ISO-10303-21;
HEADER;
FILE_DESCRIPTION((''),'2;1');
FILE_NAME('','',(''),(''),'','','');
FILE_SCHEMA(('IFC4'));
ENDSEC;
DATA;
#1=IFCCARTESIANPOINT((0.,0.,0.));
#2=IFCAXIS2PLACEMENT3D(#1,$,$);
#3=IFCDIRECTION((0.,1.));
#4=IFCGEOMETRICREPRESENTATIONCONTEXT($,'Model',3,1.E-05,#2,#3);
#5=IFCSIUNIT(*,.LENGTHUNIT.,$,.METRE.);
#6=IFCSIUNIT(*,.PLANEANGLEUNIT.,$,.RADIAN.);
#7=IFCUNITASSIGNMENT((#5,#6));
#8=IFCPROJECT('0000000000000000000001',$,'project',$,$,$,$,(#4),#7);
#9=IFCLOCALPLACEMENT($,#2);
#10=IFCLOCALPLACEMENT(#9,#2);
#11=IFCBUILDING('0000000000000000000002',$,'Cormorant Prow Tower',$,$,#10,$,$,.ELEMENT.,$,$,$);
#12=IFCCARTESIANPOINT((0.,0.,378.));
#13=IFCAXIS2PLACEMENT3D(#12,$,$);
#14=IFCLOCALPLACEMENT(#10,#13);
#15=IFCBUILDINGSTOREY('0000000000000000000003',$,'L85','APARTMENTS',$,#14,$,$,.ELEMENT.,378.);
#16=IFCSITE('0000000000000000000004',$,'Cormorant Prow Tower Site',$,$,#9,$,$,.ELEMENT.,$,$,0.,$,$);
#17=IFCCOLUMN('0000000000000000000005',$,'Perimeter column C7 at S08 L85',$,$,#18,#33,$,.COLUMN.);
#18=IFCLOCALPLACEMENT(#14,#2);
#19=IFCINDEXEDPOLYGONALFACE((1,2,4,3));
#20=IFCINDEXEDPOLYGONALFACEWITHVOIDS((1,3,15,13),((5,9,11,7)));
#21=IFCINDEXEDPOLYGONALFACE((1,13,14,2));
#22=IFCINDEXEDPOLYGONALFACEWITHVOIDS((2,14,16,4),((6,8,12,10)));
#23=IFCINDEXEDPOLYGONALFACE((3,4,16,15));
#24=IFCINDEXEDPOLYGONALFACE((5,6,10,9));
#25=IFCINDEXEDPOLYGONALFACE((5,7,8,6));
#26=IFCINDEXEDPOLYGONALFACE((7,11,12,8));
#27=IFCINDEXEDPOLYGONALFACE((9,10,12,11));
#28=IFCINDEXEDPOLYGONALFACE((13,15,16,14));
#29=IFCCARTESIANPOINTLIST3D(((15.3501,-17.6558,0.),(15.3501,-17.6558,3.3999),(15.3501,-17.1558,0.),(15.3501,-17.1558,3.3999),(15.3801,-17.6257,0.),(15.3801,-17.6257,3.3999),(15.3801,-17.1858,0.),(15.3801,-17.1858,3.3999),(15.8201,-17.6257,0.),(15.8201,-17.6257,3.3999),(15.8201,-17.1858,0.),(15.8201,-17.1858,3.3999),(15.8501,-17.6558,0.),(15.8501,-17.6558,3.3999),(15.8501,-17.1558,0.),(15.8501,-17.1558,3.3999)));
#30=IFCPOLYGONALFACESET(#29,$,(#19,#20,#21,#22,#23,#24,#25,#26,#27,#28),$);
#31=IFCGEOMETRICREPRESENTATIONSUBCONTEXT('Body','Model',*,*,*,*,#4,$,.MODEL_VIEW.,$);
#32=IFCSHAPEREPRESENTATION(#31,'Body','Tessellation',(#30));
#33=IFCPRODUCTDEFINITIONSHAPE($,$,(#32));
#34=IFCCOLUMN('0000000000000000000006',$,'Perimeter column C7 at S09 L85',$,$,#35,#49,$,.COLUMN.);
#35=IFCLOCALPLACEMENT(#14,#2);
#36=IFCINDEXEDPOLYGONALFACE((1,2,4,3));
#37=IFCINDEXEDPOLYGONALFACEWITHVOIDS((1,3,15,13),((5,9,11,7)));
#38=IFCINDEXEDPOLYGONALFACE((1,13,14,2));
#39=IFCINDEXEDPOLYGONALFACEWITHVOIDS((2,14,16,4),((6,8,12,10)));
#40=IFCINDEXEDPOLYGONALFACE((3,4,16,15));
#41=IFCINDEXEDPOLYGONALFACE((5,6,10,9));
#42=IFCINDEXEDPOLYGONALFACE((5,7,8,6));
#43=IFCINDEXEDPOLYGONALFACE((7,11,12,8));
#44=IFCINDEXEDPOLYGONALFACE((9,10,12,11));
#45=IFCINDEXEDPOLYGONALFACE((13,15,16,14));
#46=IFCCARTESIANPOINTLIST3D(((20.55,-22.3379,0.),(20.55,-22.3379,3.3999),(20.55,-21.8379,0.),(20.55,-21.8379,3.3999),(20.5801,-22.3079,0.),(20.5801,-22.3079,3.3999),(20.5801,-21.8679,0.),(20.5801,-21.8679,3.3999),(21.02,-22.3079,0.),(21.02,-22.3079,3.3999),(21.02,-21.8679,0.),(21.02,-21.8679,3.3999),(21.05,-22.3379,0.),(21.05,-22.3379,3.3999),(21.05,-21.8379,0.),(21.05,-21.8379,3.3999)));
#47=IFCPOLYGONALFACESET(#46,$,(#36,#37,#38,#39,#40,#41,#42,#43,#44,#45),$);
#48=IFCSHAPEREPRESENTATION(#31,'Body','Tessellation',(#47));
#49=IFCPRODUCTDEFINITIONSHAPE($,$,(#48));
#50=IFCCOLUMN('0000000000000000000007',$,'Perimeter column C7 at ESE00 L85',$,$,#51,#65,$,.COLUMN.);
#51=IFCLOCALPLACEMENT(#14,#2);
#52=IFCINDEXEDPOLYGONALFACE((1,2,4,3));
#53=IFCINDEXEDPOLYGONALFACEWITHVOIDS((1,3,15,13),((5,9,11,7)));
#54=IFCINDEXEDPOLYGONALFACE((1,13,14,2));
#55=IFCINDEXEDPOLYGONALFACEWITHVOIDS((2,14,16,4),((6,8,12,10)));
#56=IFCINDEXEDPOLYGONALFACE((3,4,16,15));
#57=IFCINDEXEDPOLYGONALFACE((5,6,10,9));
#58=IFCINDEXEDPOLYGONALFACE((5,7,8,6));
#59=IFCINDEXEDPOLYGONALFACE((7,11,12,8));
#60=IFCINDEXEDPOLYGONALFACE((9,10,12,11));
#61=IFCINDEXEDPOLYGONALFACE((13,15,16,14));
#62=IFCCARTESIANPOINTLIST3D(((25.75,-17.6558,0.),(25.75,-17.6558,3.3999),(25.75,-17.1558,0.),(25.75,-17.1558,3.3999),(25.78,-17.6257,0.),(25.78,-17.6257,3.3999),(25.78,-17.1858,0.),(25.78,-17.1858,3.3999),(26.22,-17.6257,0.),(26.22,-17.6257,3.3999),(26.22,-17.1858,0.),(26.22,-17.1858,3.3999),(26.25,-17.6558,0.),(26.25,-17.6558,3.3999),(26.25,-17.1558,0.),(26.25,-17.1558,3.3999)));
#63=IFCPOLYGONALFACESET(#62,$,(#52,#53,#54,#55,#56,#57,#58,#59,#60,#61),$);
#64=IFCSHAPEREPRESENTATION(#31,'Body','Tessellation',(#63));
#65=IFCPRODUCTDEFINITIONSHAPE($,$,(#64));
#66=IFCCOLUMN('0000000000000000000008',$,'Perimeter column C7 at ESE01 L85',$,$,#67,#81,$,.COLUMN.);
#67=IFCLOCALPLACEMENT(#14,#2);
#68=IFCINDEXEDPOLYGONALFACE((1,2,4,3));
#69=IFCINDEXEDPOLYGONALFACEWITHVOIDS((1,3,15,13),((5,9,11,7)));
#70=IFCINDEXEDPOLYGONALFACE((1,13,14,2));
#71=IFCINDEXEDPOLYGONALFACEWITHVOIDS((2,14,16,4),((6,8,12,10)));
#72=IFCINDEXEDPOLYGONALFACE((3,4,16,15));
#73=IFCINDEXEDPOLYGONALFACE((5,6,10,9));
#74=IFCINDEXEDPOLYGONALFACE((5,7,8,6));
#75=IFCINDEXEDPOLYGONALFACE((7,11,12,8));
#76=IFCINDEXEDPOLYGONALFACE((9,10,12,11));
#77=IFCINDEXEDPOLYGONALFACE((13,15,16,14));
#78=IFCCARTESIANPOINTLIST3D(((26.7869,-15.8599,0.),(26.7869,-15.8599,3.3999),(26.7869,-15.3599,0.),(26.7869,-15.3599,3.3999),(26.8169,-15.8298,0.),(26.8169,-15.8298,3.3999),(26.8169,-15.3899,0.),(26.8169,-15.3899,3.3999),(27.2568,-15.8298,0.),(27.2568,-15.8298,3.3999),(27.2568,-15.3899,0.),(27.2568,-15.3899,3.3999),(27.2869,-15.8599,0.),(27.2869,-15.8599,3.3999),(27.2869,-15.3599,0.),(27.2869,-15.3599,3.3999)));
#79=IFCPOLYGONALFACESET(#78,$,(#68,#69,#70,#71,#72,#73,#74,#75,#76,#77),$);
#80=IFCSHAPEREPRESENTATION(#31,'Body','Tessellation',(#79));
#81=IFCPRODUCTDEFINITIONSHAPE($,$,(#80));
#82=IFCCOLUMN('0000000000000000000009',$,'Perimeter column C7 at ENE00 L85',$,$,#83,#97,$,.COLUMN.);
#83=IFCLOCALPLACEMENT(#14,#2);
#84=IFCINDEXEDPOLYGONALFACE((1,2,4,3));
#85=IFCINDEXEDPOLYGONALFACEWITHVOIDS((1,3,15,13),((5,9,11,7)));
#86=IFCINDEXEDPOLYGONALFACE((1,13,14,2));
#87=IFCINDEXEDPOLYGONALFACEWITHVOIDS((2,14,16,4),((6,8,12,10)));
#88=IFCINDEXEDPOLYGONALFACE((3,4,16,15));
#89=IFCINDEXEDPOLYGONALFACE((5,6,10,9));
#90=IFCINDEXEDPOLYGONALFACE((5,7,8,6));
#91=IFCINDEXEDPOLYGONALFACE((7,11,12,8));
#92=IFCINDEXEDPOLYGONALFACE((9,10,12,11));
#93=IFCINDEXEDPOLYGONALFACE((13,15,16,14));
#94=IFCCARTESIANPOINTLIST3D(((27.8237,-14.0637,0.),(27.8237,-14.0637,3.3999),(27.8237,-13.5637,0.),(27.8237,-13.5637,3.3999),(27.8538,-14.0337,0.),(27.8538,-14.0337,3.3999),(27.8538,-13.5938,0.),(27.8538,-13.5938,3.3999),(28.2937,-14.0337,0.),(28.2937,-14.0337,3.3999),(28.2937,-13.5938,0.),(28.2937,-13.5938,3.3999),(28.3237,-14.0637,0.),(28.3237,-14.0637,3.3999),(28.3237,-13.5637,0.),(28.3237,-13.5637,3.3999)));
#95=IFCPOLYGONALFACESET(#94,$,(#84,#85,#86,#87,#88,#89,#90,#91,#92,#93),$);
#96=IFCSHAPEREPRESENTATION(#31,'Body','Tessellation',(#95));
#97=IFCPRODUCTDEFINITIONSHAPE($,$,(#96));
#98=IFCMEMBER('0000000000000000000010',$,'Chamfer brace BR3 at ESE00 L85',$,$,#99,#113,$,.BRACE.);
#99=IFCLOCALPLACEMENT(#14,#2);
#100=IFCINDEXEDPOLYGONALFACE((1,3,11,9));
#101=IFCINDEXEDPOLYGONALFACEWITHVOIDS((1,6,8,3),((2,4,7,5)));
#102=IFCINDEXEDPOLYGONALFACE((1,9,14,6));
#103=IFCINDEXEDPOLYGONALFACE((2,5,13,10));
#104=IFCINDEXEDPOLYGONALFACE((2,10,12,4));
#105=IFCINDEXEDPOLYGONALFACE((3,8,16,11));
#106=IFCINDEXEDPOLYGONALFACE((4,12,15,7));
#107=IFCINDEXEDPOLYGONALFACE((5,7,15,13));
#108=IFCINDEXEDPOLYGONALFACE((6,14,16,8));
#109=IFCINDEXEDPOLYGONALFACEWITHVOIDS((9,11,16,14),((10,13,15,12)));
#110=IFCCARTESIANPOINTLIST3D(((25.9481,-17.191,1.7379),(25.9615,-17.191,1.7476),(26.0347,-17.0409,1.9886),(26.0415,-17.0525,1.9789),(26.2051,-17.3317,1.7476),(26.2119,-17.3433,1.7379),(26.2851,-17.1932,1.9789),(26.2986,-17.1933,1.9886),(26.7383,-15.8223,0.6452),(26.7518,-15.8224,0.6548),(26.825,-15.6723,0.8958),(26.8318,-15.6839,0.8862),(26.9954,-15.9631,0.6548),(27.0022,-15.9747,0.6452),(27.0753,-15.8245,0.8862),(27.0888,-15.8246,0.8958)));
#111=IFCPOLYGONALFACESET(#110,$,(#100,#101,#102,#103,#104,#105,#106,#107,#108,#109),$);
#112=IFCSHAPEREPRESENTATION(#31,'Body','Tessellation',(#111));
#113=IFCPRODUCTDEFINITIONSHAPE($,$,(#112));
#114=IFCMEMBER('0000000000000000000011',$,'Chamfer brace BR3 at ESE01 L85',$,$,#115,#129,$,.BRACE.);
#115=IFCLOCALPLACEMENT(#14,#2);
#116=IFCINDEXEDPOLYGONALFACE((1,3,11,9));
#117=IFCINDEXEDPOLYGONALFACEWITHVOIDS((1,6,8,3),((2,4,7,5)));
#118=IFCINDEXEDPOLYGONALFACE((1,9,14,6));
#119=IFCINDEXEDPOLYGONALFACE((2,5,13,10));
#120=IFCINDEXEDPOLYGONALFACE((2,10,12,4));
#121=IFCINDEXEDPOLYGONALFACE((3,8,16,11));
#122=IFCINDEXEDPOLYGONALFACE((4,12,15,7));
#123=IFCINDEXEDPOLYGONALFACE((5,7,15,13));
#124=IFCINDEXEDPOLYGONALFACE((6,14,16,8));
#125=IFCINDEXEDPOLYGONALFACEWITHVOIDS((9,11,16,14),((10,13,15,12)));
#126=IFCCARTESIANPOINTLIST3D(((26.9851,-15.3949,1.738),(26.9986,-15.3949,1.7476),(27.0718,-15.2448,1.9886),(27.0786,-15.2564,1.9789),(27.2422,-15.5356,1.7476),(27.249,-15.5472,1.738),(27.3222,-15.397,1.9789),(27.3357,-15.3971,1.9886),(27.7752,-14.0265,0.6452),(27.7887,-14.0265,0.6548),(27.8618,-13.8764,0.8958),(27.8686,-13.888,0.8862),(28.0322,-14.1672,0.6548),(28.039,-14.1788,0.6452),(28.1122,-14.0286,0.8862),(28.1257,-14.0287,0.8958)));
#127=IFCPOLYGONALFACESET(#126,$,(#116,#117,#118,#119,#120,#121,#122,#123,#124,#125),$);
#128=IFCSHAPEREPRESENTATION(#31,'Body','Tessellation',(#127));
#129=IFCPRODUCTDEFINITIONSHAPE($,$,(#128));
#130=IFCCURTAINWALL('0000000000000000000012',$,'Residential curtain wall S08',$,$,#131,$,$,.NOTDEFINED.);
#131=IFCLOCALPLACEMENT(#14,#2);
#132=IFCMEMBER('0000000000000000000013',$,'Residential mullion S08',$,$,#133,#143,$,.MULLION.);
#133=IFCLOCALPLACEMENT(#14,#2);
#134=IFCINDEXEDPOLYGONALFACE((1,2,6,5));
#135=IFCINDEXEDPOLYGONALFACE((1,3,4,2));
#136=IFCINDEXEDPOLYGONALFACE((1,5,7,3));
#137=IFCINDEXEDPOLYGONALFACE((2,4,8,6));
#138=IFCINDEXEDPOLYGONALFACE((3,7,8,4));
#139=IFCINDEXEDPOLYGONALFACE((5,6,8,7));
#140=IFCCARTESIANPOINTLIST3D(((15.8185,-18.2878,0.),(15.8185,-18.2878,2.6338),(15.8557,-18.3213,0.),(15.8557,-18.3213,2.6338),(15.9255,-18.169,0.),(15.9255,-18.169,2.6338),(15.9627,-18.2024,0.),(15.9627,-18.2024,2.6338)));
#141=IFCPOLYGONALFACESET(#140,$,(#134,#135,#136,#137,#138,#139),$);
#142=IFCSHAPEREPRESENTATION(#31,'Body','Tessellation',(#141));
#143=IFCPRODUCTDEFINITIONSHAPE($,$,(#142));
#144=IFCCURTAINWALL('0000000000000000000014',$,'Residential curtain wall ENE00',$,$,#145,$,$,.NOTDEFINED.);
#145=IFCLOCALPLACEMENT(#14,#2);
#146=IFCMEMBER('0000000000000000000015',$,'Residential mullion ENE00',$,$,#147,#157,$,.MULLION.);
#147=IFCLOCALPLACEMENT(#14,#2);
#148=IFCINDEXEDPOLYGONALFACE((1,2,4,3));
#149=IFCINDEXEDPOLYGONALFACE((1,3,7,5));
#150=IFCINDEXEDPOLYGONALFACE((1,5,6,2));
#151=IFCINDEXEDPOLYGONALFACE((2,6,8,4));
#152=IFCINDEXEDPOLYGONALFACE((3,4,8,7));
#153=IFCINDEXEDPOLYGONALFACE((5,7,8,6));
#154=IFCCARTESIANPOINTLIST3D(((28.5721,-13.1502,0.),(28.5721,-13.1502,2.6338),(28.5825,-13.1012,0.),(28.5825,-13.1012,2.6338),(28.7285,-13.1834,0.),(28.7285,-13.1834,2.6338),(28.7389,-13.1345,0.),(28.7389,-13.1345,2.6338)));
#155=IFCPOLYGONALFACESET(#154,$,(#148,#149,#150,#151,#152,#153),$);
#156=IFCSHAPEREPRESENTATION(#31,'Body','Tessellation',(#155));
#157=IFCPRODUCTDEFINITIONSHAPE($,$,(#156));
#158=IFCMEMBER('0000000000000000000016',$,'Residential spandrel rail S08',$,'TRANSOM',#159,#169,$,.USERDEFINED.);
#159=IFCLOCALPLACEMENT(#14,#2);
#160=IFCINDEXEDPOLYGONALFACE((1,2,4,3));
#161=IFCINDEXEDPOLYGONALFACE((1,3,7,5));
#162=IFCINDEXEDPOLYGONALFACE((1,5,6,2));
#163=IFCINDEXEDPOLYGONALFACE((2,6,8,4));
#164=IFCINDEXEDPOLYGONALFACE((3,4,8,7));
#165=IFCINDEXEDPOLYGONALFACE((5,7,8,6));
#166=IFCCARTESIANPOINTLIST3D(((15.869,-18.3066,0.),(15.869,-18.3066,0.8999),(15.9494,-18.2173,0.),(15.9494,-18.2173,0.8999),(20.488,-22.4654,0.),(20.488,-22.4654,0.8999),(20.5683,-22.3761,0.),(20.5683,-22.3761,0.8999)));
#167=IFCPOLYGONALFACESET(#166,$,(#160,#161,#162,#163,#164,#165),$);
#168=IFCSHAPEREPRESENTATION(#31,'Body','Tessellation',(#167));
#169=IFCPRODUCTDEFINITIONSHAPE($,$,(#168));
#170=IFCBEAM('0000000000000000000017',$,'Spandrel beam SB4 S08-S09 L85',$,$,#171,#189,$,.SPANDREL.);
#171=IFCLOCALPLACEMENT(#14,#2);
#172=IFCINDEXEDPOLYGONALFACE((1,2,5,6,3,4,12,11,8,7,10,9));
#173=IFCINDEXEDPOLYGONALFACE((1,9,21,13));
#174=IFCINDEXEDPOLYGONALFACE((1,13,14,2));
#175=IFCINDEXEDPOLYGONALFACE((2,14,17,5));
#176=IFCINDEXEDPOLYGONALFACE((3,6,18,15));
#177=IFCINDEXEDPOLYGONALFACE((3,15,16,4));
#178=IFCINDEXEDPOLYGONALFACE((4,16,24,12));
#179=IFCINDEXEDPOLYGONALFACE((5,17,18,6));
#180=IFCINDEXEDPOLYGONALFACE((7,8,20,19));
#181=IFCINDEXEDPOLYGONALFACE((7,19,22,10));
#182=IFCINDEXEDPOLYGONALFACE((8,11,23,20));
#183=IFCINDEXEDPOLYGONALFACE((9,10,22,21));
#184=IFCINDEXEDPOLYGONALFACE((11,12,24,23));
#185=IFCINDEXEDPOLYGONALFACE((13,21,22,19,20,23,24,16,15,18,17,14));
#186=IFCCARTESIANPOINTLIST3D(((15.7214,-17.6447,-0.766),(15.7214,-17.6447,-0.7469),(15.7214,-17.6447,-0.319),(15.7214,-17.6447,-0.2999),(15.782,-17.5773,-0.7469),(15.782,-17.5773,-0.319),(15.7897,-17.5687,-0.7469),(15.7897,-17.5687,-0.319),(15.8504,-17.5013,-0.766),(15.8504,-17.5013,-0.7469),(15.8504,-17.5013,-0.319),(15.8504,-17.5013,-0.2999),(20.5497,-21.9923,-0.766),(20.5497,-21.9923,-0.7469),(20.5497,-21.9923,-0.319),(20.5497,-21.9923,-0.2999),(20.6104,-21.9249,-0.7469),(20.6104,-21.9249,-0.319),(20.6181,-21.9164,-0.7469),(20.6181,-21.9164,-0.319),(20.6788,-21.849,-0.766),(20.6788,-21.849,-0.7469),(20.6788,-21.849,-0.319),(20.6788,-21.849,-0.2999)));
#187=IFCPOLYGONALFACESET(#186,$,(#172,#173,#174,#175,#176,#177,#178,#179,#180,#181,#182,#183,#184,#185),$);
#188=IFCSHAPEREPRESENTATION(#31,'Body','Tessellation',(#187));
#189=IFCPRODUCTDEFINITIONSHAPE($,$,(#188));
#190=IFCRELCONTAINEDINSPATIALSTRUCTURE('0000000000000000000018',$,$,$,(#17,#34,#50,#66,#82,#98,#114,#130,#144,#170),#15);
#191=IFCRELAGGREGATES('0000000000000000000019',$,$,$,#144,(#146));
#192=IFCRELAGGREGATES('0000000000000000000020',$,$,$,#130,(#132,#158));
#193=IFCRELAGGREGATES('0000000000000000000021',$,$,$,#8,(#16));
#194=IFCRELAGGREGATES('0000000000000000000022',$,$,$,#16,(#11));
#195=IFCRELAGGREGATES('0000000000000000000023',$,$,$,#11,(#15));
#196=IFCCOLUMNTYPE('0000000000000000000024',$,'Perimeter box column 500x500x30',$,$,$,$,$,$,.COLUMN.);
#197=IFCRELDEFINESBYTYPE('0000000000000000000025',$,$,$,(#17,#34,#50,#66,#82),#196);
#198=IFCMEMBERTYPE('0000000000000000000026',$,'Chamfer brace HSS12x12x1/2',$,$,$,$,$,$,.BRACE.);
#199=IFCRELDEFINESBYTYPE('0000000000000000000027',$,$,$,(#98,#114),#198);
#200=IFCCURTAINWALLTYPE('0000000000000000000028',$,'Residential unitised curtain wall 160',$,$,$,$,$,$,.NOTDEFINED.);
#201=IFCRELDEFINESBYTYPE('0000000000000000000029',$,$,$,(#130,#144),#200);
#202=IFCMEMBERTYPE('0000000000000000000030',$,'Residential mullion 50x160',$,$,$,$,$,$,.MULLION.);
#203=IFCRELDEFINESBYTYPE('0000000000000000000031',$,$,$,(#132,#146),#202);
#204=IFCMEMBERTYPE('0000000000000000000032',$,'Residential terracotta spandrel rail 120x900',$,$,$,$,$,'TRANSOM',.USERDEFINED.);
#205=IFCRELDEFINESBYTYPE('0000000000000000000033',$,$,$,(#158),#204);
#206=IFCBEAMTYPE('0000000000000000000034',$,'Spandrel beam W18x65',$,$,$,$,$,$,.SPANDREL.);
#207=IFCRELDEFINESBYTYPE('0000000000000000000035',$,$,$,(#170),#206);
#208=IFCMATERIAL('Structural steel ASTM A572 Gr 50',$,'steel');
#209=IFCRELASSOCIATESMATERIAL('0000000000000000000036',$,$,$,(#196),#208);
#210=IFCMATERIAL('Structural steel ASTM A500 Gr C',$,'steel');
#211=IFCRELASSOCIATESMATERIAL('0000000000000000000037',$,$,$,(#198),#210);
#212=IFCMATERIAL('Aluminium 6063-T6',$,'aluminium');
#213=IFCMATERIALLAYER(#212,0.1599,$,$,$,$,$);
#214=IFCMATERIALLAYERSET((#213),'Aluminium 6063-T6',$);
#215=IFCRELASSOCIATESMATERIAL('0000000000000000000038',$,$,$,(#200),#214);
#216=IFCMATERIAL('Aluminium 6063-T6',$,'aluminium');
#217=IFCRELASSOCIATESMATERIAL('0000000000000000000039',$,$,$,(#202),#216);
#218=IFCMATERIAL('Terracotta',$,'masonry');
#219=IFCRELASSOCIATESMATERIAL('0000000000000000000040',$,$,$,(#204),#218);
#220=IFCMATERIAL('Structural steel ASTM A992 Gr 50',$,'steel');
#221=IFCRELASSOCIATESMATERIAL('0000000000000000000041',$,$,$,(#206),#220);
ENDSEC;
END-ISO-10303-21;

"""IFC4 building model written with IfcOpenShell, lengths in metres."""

from ifc_helpers import new_model, si_unit, direction, frame, origin, origin_2d, place, context, subcontext, project, spatial, rectangle, hollow_rectangle, i_section, extrude, material, layer, layer_set, material_profile, profile_set, type_object, element, aggregate, save


model = new_model("IFC4")

# Units and contexts
model_context = context("Model", 3, precision=1e-05, world=origin(), true_north=direction((0.0, 1.0)))
body_context = subcontext(model_context, "Body", "Model", "MODEL_VIEW")
ifc_project = project(units=[si_unit("LENGTHUNIT", "METRE"), si_unit("PLANEANGLEUNIT", "RADIAN")], contexts=[model_context])

# Site, building, storey
site_placement = place(None, origin())
site = spatial("IfcSite", under=ifc_project, at=site_placement, Name="Cormorant Prow Tower Site", CompositionType="ELEMENT", RefElevation=0.0)
building_placement = place(site_placement, origin())
building = spatial("IfcBuilding", under=site, at=building_placement, Name="Cormorant Prow Tower", CompositionType="ELEMENT")
storey_placement = place(building_placement, frame((0.0, 0.0, 378.0)))
storey = spatial("IfcBuildingStorey", under=building, at=storey_placement, Name="L85", Description="APARTMENTS", CompositionType="ELEMENT", Elevation=378.0)

# Columns
ifc_material_1 = material(Name="Structural steel ASTM A572 Gr 50", Category="steel")
ifc_material_profile_1 = material_profile(ifc_material_1, hollow_rectangle(XDim=0.5, YDim=0.5, WallThickness=0.03, at=origin_2d()), Name="Box 500x500x30")
ifc_profile_set_1 = profile_set([ifc_material_profile_1], Name="Structural steel ASTM A572 Gr 50")
column_type = type_object("IfcColumnType", Name="Perimeter box column 500x500x30", PredefinedType="COLUMN", material=ifc_profile_set_1)
for number, where, z_axis, x_axis, name in (
    (1, (15.6001, -17.4058, 0.0), (0.0, 0.0, 1.0), (1.0, 0.0, 0.0), "Perimeter column C7 at S08 L85"),
    (2, (20.8, -22.0879, 0.0), (0.0, 0.0, 1.0), (1.0, 0.0, 0.0), "Perimeter column C7 at S09 L85"),
    (3, (26.0, -17.4058, 0.0), (0.0, 0.0, 1.0), (1.0, 0.0, 0.0), "Perimeter column C7 at ESE00 L85"),
    (4, (27.0369, -15.6099, 0.0), (0.0, 0.0, 1.0), (1.0, 0.0, 0.0), "Perimeter column C7 at ESE01 L85"),
    (5, (28.0737, -13.8137, 0.0), (0.0, 0.0, 1.0), (1.0, 0.0, 0.0), "Perimeter column C7 at ENE00 L85"),
):
    element("IfcColumn", number, at=place(storey_placement, frame(where, z_axis=z_axis, x_axis=x_axis)), inside=storey, type_object=column_type, Name=name, PredefinedType="COLUMN", context=body_context, shape_type="SweptSolid", body=[
        extrude(hollow_rectangle(XDim=0.5, YDim=0.5, WallThickness=0.03, at=origin_2d()), origin(), (0.0, 0.0, 1.0), 3.3999),
    ])

# Members
ifc_material_2 = material(Name="Structural steel ASTM A500 Gr C", Category="steel")
ifc_material_profile_2 = material_profile(ifc_material_2, hollow_rectangle(XDim=0.3047, YDim=0.3047, WallThickness=0.0117, at=origin_2d()), Name="HSS12x12x1/2")
ifc_profile_set_2 = profile_set([ifc_material_profile_2], Name="Structural steel ASTM A500 Gr C")
member_type_1 = type_object("IfcMemberType", Name="Chamfer brace HSS12x12x1/2", PredefinedType="BRACE", material=ifc_profile_set_2)
member_1_placement = place(storey_placement, frame((26.9136, -15.8235, 0.7705), z_axis=(-0.411299, -0.712308, 0.568728), x_axis=(0.866, -0.500043, 0.0)))
element("IfcMember", 6, at=member_1_placement, inside=storey, type_object=member_type_1, Name="Chamfer brace BR3 at ESE00 L85", PredefinedType="BRACE", context=body_context, shape_type="SweptSolid", body=[
    extrude(hollow_rectangle(XDim=0.3047, YDim=0.3047, WallThickness=0.0117, at=origin_2d()), origin(), (0.0, 0.0, 1.0), 1.9214),
])
member_2_placement = place(storey_placement, frame((27.9504, -14.0276, 0.7705), z_axis=(-0.41123, -0.712282, 0.568809), x_axis=(0.866029, -0.499994, 0.0)))
element("IfcMember", 7, at=member_2_placement, inside=storey, type_object=member_type_1, Name="Chamfer brace BR3 at ESE01 L85", PredefinedType="BRACE", context=body_context, shape_type="SweptSolid", body=[
    extrude(hollow_rectangle(XDim=0.3047, YDim=0.3047, WallThickness=0.0117, at=origin_2d()), origin(), (0.0, 0.0, 1.0), 1.9211),
])

# Curtain walls, members
ifc_material_3 = material(Name="Aluminium 6063-T6", Category="aluminium")
ifc_layer_1 = layer(ifc_material_3, 0.1599)
ifc_layer_set_1 = layer_set([ifc_layer_1], Name="Aluminium 6063-T6")
curtain_wall_type = type_object("IfcCurtainWallType", Name="Residential unitised curtain wall 160", PredefinedType="NOTDEFINED", material=ifc_layer_set_1)
curtain_wall_1_placement = place(storey_placement, origin())
curtain_wall_1 = element("IfcCurtainWall", 8, at=curtain_wall_1_placement, inside=storey, type_object=curtain_wall_type, Name="Residential curtain wall S08", PredefinedType="NOTDEFINED")
ifc_material_4 = material(Name="Aluminium 6063-T6", Category="aluminium")
ifc_material_profile_3 = material_profile(ifc_material_4, rectangle(XDim=0.1599, YDim=0.05, at=origin_2d()), Name="Residential mullion 50x160")
ifc_profile_set_3 = profile_set([ifc_material_profile_3], Name="Aluminium 6063-T6")
member_type_2 = type_object("IfcMemberType", Name="Residential mullion 50x160", PredefinedType="MULLION", material=ifc_profile_set_3)
member_3_placement = place(storey_placement, frame((15.8906, -18.2451, 0.0), z_axis=(0.0, 0.0, 1.0), x_axis=(0.669131, 0.743145, 0.0)))
member_3 = element("IfcMember", 9, at=member_3_placement, type_object=member_type_2, Name="Residential mullion S08", PredefinedType="MULLION", context=body_context, shape_type="SweptSolid", body=[
    extrude(rectangle(XDim=0.1599, YDim=0.05, at=origin_2d()), origin(), (0.0, 0.0, 1.0), 2.6338),
])
curtain_wall_2_placement = place(storey_placement, origin())
curtain_wall_2 = element("IfcCurtainWall", 10, at=curtain_wall_2_placement, inside=storey, type_object=curtain_wall_type, Name="Residential curtain wall ENE00", PredefinedType="NOTDEFINED")
member_4_placement = place(storey_placement, frame((28.6555, -13.1423, 0.0), z_axis=(0.0, 0.0, 1.0), x_axis=(-0.978148, 0.207912, 0.0)))
member_4 = element("IfcMember", 11, at=member_4_placement, type_object=member_type_2, Name="Residential mullion ENE00", PredefinedType="MULLION", context=body_context, shape_type="SweptSolid", body=[
    extrude(rectangle(XDim=0.1599, YDim=0.05, at=origin_2d()), origin(), (0.0, 0.0, 1.0), 2.6338),
])
aggregate(curtain_wall_2, [member_4])

# Member
ifc_material_5 = material(Name="Terracotta", Category="masonry")
ifc_material_profile_4 = material_profile(ifc_material_5, rectangle(XDim=0.1201, YDim=0.8999, at=origin_2d()), Name="Residential terracotta spandrel rail 120x900")
ifc_profile_set_4 = profile_set([ifc_material_profile_4], Name="Terracotta")
member_type_3 = type_object("IfcMemberType", Name="Residential terracotta spandrel rail 120x900", ElementType="TRANSOM", PredefinedType="USERDEFINED", material=ifc_profile_set_4)
member_5_placement = place(storey_placement, frame((15.9092, -18.262, 0.45), z_axis=(0.743159, -0.669114, 0.0), x_axis=(0.669114, 0.743159, 0.0)))
member_5 = element("IfcMember", 12, at=member_5_placement, type_object=member_type_3, Name="Residential spandrel rail S08", ObjectType="TRANSOM", PredefinedType="USERDEFINED", context=body_context, shape_type="SweptSolid", body=[
    extrude(rectangle(XDim=0.1201, YDim=0.8999, at=origin_2d()), origin(), (0.0, 0.0, 1.0), 6.2153),
])

# Beam
ifc_material_6 = material(Name="Structural steel ASTM A992 Gr 50", Category="steel")
ifc_material_profile_5 = material_profile(ifc_material_6, i_section(OverallWidth=0.1929, OverallDepth=0.4661, WebThickness=0.0115, FlangeThickness=0.019, at=origin_2d()), Name="W18x65")
ifc_profile_set_5 = profile_set([ifc_material_profile_5], Name="Structural steel ASTM A992 Gr 50")
beam_type = type_object("IfcBeamType", Name="Spandrel beam W18x65", PredefinedType="SPANDREL", material=ifc_profile_set_5)
for number, where, z_axis, x_axis, name in (
    (13, (15.7859, -17.573, -0.533), (0.743132, -0.669145, 0.0), (0.669145, 0.743132, 0.0), "Spandrel beam SB4 S08-S09 L85"),
):
    element("IfcBeam", number, at=place(storey_placement, frame(where, z_axis=z_axis, x_axis=x_axis)), inside=storey, type_object=beam_type, Name=name, PredefinedType="SPANDREL", context=body_context, shape_type="SweptSolid", body=[
        extrude(i_section(OverallWidth=0.1929, OverallDepth=0.4661, WebThickness=0.0115, FlangeThickness=0.019, at=origin_2d()), origin(), (0.0, 0.0, 1.0), 6.4973),
    ])

aggregate(curtain_wall_1, [member_3, member_5])

save(model, "model.ifc")
